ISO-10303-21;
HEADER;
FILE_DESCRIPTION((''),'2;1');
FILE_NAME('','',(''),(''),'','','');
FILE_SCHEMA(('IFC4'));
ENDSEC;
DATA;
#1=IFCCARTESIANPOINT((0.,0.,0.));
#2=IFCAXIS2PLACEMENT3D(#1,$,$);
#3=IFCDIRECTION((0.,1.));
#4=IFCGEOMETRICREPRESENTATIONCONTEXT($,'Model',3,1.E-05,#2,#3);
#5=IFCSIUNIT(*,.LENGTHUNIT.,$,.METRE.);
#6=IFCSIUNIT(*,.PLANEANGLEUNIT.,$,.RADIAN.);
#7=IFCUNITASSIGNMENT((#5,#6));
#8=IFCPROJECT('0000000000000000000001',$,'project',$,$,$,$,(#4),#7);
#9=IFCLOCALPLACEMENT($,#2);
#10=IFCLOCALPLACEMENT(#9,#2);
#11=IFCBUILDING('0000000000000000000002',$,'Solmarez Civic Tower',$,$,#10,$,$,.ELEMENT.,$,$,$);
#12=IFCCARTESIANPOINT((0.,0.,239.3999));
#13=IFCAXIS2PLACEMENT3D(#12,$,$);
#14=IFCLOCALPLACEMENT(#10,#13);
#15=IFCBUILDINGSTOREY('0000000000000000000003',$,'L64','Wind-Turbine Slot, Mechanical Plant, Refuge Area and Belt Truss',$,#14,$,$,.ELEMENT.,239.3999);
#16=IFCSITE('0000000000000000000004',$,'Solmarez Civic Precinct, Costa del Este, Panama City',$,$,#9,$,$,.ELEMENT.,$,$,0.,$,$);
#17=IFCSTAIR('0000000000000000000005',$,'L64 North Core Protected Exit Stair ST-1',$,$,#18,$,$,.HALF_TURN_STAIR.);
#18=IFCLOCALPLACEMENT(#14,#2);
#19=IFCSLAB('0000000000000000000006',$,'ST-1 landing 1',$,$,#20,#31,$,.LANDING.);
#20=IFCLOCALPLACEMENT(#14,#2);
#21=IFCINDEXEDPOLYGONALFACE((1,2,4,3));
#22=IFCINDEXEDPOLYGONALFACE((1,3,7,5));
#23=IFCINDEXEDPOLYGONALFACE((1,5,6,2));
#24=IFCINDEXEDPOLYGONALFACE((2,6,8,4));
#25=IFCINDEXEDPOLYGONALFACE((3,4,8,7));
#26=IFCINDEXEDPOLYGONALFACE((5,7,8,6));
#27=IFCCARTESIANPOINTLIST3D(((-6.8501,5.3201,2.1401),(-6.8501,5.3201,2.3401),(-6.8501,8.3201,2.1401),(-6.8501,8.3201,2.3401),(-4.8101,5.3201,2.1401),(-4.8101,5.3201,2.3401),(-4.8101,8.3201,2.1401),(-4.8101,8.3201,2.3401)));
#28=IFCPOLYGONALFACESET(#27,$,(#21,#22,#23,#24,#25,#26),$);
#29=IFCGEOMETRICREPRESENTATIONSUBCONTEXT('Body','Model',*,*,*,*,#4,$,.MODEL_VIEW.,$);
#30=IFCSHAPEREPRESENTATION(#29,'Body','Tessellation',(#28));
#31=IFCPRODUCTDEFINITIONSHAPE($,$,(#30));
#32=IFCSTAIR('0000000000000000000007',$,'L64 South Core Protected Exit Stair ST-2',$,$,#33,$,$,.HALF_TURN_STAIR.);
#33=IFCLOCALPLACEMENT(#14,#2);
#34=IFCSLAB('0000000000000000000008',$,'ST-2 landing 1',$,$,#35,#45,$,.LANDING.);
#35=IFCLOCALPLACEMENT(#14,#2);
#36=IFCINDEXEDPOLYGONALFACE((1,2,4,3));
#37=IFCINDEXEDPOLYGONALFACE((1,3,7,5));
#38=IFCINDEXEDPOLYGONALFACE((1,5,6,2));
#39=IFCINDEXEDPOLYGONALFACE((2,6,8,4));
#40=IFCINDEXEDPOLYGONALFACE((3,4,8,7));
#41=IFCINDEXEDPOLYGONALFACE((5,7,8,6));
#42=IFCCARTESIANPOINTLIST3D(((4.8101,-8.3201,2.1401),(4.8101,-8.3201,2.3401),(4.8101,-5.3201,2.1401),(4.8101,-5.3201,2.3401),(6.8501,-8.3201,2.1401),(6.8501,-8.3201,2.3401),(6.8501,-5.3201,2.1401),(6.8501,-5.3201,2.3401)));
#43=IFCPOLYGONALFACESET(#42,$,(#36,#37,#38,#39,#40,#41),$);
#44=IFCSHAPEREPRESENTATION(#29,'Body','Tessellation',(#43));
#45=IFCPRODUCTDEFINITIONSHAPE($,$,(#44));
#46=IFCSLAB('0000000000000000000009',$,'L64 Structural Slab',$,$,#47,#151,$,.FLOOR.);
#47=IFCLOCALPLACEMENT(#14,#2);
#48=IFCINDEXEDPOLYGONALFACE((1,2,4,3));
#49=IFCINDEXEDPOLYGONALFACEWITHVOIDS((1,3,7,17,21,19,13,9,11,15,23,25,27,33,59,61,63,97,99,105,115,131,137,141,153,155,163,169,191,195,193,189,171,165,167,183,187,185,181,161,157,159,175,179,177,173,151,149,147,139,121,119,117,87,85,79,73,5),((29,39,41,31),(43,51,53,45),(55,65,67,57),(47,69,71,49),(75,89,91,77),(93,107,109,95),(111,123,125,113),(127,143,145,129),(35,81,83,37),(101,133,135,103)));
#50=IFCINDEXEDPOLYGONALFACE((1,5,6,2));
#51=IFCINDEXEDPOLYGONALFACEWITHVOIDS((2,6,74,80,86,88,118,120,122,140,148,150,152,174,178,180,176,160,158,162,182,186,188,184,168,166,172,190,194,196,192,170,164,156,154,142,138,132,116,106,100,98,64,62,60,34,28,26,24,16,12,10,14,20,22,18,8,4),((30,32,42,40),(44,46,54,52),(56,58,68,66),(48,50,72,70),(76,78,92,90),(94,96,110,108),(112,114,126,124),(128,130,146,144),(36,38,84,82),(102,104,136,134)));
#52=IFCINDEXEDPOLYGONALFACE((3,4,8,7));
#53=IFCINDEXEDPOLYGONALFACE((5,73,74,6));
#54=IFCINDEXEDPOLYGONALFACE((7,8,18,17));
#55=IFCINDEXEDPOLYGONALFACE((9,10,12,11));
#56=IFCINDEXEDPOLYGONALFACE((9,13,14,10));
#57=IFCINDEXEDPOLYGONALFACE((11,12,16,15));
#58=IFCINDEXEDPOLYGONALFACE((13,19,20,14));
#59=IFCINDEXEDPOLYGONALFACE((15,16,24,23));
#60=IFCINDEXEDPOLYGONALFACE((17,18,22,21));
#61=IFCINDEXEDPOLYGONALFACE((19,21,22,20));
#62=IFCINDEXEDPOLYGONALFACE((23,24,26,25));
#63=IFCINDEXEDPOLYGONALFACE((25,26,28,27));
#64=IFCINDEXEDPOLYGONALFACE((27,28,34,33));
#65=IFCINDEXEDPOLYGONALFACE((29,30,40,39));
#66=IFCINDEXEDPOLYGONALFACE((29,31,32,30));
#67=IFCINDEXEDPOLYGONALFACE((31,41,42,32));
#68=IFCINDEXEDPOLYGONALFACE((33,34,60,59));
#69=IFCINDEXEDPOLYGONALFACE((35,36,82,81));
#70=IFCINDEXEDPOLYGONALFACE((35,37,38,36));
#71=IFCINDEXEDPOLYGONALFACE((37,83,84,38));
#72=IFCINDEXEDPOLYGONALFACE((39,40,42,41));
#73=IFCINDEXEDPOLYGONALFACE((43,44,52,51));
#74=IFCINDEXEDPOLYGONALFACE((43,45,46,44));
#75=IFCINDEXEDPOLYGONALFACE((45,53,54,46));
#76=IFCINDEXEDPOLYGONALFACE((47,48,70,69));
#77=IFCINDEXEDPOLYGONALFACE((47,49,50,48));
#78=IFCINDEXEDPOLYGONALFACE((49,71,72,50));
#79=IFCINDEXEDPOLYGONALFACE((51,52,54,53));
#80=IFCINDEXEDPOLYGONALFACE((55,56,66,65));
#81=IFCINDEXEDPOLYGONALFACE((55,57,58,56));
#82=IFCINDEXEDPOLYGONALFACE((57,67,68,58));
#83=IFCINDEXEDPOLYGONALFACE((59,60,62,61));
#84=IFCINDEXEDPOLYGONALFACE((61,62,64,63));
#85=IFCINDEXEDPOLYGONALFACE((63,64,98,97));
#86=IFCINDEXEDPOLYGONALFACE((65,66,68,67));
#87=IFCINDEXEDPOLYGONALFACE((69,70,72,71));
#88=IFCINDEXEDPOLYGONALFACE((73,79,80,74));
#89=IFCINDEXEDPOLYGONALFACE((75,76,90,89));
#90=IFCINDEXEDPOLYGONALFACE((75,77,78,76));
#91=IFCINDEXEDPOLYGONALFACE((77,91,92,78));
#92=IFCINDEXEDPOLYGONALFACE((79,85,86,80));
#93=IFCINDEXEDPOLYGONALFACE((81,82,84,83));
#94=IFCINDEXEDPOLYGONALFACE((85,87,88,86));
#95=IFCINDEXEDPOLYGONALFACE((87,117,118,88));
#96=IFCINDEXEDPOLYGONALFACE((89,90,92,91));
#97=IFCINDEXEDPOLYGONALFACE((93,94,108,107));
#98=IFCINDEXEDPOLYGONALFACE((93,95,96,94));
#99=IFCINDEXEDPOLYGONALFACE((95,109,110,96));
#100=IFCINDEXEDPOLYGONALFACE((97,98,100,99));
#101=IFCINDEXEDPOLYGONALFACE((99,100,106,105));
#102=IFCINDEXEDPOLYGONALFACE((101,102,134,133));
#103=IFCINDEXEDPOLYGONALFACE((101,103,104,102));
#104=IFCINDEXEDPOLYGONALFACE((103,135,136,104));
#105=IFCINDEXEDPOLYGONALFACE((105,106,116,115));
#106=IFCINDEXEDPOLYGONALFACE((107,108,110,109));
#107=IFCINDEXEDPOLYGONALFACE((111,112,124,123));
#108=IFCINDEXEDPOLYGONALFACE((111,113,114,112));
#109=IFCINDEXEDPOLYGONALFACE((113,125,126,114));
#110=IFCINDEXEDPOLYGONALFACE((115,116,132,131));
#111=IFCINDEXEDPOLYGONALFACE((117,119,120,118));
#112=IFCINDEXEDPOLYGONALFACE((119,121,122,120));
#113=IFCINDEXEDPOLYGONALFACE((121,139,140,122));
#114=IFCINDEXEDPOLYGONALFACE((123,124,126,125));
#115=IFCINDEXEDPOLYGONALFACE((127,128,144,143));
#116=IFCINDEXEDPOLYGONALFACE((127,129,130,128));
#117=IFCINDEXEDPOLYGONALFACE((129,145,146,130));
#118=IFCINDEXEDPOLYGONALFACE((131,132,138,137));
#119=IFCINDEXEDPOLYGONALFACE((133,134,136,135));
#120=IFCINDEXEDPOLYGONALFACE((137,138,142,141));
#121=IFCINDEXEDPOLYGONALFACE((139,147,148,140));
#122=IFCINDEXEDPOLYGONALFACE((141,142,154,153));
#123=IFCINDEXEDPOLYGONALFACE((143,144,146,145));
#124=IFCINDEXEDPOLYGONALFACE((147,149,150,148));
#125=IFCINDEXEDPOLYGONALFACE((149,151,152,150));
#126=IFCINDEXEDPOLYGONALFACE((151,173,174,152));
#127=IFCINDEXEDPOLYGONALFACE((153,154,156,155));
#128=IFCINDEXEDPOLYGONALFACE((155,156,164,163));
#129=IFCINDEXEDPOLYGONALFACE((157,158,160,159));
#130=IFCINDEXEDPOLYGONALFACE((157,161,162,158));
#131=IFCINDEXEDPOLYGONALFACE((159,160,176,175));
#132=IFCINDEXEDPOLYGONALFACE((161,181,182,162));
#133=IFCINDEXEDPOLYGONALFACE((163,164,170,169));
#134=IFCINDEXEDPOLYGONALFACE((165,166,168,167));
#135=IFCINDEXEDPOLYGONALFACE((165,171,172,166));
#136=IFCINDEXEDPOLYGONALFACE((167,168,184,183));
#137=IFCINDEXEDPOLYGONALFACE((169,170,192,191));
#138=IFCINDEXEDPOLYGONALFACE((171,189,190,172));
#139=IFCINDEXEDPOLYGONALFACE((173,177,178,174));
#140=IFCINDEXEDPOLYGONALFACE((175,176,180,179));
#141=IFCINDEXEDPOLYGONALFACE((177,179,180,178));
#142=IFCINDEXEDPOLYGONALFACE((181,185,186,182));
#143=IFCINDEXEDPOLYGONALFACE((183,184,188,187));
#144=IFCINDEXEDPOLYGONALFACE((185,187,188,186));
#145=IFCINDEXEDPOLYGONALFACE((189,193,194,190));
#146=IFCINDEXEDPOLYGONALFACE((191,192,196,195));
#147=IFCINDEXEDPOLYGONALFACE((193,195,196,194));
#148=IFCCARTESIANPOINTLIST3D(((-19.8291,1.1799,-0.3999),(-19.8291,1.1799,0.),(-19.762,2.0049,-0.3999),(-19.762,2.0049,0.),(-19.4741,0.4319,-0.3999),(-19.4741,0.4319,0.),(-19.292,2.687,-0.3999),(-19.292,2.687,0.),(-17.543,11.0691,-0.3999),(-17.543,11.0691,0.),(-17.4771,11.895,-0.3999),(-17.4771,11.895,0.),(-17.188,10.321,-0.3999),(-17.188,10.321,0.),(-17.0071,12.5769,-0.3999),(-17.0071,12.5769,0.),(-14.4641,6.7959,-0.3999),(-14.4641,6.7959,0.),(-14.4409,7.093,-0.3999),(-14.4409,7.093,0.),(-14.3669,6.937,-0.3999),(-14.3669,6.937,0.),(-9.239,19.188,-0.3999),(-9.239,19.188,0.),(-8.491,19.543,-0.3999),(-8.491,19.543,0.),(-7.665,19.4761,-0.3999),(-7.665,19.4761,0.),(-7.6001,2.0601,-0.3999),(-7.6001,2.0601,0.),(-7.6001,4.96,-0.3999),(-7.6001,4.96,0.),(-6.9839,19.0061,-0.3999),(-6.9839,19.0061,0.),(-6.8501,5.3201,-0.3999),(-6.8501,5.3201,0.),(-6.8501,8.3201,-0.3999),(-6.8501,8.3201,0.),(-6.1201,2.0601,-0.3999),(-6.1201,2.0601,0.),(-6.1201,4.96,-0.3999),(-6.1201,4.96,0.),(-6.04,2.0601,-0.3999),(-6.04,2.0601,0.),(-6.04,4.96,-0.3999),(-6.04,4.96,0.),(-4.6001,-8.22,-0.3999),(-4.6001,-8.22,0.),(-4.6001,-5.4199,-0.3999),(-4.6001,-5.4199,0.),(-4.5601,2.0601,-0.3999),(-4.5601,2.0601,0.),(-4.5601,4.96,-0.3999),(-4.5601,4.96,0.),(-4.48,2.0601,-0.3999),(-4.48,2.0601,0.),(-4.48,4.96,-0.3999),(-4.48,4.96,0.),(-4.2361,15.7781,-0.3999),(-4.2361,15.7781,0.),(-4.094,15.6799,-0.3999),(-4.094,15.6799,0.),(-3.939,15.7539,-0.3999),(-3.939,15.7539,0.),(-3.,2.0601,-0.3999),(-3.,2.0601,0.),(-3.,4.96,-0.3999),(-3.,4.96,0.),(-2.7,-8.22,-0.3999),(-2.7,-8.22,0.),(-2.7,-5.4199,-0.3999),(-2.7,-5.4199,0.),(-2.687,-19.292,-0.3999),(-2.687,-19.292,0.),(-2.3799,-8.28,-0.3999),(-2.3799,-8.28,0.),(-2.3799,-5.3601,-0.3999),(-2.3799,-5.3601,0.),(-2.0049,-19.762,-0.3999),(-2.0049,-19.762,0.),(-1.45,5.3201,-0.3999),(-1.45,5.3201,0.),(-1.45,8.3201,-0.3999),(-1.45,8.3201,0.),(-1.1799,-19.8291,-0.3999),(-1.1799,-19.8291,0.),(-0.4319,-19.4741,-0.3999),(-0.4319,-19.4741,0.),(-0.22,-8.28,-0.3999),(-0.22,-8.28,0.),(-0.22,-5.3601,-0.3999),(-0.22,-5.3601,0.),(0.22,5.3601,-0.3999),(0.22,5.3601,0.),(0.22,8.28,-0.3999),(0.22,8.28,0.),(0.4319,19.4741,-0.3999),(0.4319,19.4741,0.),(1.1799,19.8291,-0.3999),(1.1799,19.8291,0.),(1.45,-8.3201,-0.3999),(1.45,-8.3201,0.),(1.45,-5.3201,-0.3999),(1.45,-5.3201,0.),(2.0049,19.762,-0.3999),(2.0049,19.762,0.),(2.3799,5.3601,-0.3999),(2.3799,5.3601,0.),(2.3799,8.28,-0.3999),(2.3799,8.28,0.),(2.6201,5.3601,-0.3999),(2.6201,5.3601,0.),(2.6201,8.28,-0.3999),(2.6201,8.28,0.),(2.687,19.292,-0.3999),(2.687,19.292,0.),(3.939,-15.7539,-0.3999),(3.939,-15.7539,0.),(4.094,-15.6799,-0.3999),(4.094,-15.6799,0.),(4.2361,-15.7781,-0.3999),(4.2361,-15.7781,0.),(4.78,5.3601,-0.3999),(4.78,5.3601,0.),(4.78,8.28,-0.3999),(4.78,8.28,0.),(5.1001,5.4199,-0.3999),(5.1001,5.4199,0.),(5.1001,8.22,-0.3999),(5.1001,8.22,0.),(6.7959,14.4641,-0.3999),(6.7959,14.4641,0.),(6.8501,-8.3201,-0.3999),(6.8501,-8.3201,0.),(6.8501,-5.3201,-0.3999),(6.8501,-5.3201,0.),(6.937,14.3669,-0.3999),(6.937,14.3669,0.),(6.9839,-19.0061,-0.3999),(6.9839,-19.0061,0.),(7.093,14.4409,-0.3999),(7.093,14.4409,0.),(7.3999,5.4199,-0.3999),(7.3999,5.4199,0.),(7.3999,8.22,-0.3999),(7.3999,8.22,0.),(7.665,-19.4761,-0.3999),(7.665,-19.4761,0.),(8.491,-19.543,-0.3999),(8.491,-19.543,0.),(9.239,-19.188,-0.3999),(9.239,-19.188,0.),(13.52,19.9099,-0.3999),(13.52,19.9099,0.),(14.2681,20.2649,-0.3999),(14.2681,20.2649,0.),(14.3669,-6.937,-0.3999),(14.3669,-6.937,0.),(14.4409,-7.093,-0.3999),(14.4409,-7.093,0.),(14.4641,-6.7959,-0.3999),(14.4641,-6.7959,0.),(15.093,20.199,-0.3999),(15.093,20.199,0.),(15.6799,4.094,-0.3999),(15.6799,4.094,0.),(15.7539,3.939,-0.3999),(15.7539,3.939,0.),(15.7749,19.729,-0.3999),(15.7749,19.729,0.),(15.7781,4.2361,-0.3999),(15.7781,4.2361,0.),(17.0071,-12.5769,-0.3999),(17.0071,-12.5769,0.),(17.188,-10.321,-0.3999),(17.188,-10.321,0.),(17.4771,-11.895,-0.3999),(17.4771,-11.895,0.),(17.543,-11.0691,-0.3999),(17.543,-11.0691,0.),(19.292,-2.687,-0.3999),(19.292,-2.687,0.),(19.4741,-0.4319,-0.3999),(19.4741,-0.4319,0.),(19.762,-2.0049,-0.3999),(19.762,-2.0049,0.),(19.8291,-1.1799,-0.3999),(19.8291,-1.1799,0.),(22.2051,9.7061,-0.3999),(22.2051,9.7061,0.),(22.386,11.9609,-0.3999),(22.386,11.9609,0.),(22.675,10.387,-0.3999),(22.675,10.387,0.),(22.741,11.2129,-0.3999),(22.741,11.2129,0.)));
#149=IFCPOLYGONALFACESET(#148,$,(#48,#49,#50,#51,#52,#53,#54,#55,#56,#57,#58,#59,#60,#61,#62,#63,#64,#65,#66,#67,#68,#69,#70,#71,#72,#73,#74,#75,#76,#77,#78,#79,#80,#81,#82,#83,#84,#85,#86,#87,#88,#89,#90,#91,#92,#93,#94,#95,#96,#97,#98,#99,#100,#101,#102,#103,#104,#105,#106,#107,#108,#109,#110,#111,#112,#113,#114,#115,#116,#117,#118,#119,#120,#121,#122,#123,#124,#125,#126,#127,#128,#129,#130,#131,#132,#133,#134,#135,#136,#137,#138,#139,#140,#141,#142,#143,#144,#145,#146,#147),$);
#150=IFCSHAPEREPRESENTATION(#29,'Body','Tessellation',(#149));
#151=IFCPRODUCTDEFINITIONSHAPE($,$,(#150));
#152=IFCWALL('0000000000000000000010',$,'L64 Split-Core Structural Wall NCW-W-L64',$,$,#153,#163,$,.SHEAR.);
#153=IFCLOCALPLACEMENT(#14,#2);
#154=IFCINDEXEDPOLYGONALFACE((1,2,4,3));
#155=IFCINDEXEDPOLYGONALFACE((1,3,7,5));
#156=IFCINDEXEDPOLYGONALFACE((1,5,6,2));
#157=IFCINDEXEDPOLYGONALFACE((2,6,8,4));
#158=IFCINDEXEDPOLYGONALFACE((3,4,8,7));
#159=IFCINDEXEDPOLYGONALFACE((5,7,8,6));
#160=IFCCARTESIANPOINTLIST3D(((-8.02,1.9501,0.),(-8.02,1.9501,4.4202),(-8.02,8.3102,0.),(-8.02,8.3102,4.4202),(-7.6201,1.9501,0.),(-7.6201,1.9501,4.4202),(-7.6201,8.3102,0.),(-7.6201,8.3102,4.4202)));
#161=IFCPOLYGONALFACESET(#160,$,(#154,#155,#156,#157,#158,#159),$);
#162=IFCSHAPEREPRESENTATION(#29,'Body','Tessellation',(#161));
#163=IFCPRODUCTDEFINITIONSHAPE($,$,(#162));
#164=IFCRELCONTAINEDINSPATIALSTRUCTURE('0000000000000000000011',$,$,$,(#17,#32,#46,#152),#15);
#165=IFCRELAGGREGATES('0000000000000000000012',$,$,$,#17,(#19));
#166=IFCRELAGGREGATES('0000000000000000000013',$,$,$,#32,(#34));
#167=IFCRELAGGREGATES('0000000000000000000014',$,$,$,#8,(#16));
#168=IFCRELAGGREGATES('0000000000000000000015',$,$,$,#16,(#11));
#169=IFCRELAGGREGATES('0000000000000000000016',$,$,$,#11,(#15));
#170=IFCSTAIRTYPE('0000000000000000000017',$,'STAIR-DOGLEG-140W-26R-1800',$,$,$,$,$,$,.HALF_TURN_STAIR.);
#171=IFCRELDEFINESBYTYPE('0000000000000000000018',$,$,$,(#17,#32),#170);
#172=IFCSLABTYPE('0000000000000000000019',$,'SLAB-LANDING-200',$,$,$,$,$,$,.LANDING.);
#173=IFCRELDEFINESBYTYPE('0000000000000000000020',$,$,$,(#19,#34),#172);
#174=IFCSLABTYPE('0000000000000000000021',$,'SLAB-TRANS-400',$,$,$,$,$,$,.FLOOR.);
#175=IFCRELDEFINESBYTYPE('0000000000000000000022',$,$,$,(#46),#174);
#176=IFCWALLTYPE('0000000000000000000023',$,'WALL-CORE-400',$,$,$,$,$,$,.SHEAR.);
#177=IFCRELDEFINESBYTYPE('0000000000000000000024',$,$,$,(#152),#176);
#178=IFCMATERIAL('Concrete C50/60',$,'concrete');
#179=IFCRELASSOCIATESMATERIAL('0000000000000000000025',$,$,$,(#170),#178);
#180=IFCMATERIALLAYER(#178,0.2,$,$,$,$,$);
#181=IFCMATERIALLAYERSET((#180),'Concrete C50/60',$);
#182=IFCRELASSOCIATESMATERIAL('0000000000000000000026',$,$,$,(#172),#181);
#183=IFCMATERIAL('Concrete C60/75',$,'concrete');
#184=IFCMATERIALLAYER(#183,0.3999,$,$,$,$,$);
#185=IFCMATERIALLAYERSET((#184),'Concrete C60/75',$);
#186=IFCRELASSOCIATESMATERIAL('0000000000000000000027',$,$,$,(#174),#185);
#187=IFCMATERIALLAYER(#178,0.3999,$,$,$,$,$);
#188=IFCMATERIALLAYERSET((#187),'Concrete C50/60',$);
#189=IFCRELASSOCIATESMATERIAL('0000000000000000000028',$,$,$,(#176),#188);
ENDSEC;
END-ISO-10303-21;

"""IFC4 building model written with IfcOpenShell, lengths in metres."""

from ifc_helpers import new_model, si_unit, direction, frame, frame_2d, origin, place, context, subcontext, project, spatial, polyline, rectangle, outline, extrude, material, layer, layer_set, type_object, element, aggregate, save


model = new_model("IFC4")

# Units and contexts
model_context = context("Model", 3, precision=1e-05, world=origin(), true_north=direction((0.0, 1.0)))
body_context = subcontext(model_context, "Body", "Model", "MODEL_VIEW")
ifc_project = project(units=[si_unit("LENGTHUNIT", "METRE"), si_unit("PLANEANGLEUNIT", "RADIAN")], contexts=[model_context])

# Site, building, storey
site_placement = place(None, origin())
site = spatial("IfcSite", under=ifc_project, at=site_placement, Name="Solmarez Civic Precinct, Costa del Este, Panama City", CompositionType="ELEMENT", RefElevation=0.0)
building_placement = place(site_placement, origin())
building = spatial("IfcBuilding", under=site, at=building_placement, Name="Solmarez Civic Tower", CompositionType="ELEMENT")
storey_placement = place(building_placement, frame((0.0, 0.0, 239.3999)))
storey = spatial("IfcBuildingStorey", under=building, at=storey_placement, Name="L64", Description="Wind-Turbine Slot, Mechanical Plant, Refuge Area and Belt Truss", CompositionType="ELEMENT", Elevation=239.3999)

# Shared definitions
ifc_material_1 = material(Name="Concrete C50/60", Category="concrete")

# Stairs, slabs
stair_type = type_object("IfcStairType", Name="STAIR-DOGLEG-140W-26R-1800", PredefinedType="HALF_TURN_STAIR", material=ifc_material_1)
stair_1_placement = place(storey_placement, origin())
stair_1 = element("IfcStair", 1, at=stair_1_placement, inside=storey, type_object=stair_type, Name="L64 North Core Protected Exit Stair ST-1", PredefinedType="HALF_TURN_STAIR")
ifc_layer_1 = layer(ifc_material_1, 0.2)
ifc_layer_set_1 = layer_set([ifc_layer_1], Name="Concrete C50/60")
slab_type_1 = type_object("IfcSlabType", Name="SLAB-LANDING-200", PredefinedType="LANDING", material=ifc_layer_set_1)
slab_1_placement = place(storey_placement, frame((0.0, 0.0, 2.1401)))
slab_1 = element("IfcSlab", 2, at=slab_1_placement, type_object=slab_type_1, Name="ST-1 landing 1", PredefinedType="LANDING", context=body_context, shape_type="SweptSolid", body=[
    extrude(outline(polyline([(-4.8101, 8.3201), (-6.8501, 8.3201), (-6.8501, 5.3201), (-4.8101, 5.3201), (-4.8101, 8.3201)])), origin(), (0.0, 0.0, 1.0), 0.2),
])
aggregate(stair_1, [slab_1])
stair_2_placement = place(storey_placement, origin())
stair_2 = element("IfcStair", 3, at=stair_2_placement, inside=storey, type_object=stair_type, Name="L64 South Core Protected Exit Stair ST-2", PredefinedType="HALF_TURN_STAIR")
slab_2_placement = place(storey_placement, frame((0.0, 0.0, 2.1401)))
slab_2 = element("IfcSlab", 4, at=slab_2_placement, type_object=slab_type_1, Name="ST-2 landing 1", PredefinedType="LANDING", context=body_context, shape_type="SweptSolid", body=[
    extrude(outline(polyline([(4.8101, -8.3201), (6.8501, -8.3201), (6.8501, -5.3201), (4.8101, -5.3201), (4.8101, -8.3201)])), origin(), (0.0, 0.0, 1.0), 0.2),
])
aggregate(stair_2, [slab_2])

# Slab
ifc_material_2 = material(Name="Concrete C60/75", Category="concrete")
ifc_layer_2 = layer(ifc_material_2, 0.3999)
ifc_layer_set_2 = layer_set([ifc_layer_2], Name="Concrete C60/75")
slab_type_2 = type_object("IfcSlabType", Name="SLAB-TRANS-400", PredefinedType="FLOOR", material=ifc_layer_set_2)
slab_3_placement = place(storey_placement, frame((0.0, 0.0, -0.3999)))
element("IfcSlab", 5, at=slab_3_placement, inside=storey, type_object=slab_type_2, Name="L64 Structural Slab", PredefinedType="FLOOR", context=body_context, shape_type="SweptSolid", body=[
    extrude(outline(polyline([(4.2361, -15.7781), (6.9839, -19.0061), (7.665, -19.4761), (8.491, -19.543), (9.239, -19.188), (17.0071, -12.5769), (17.4771, -11.895), (17.543, -11.0691), (17.188, -10.321), (14.4409, -7.093), (14.3669, -6.937), (14.4641, -6.7959), (19.292, -2.687), (19.762, -2.0049), (19.8291, -1.1799), (19.4741, -0.4319), (15.7539, 3.939), (15.6799, 4.094), (15.7781, 4.2361), (22.2051, 9.7061), (22.675, 10.387), (22.741, 11.2129), (22.386, 11.9609), (15.7749, 19.729), (15.093, 20.199), (14.2681, 20.2649), (13.52, 19.9099), (7.093, 14.4409), (6.937, 14.3669), (6.7959, 14.4641), (2.687, 19.292), (2.0049, 19.762), (1.1799, 19.8291), (0.4319, 19.4741), (-3.939, 15.7539), (-4.094, 15.6799), (-4.2361, 15.7781), (-6.9839, 19.0061), (-7.665, 19.4761), (-8.491, 19.543), (-9.239, 19.188), (-17.0071, 12.5769), (-17.4771, 11.895), (-17.543, 11.0691), (-17.188, 10.321), (-14.4409, 7.093), (-14.3669, 6.937), (-14.4641, 6.7959), (-19.292, 2.687), (-19.762, 2.0049), (-19.8291, 1.1799), (-19.4741, 0.4319), (-2.687, -19.292), (-2.0049, -19.762), (-1.1799, -19.8291), (-0.4319, -19.4741), (3.939, -15.7539), (4.094, -15.6799), (4.2361, -15.7781)]), holes=[polyline([(-1.45, 8.3201), (-6.8501, 8.3201), (-6.8501, 5.3201), (-1.45, 5.3201), (-1.45, 8.3201)]), polyline([(1.45, -8.3201), (6.8501, -8.3201), (6.8501, -5.3201), (1.45, -5.3201), (1.45, -8.3201)]), polyline([(0.22, 5.3601), (2.3799, 5.3601), (2.3799, 8.28), (0.22, 8.28), (0.22, 5.3601)]), polyline([(2.6201, 5.3601), (4.78, 5.3601), (4.78, 8.28), (2.6201, 8.28), (2.6201, 5.3601)]), polyline([(-2.3799, -8.28), (-0.22, -8.28), (-0.22, -5.3601), (-2.3799, -5.3601), (-2.3799, -8.28)]), polyline([(-7.6001, 2.0601), (-6.1201, 2.0601), (-6.1201, 4.96), (-7.6001, 4.96), (-7.6001, 2.0601)]), polyline([(-6.04, 2.0601), (-4.5601, 2.0601), (-4.5601, 4.96), (-6.04, 4.96), (-6.04, 2.0601)]), polyline([(-4.48, 2.0601), (-3.0, 2.0601), (-3.0, 4.96), (-4.48, 4.96), (-4.48, 2.0601)]), polyline([(5.1001, 5.4199), (7.3999, 5.4199), (7.3999, 8.22), (5.1001, 8.22), (5.1001, 5.4199)]), polyline([(-4.6001, -8.22), (-2.7, -8.22), (-2.7, -5.4199), (-4.6001, -5.4199), (-4.6001, -8.22)])]), origin(), (0.0, 0.0, 1.0), 0.3999),
])

# Wall
ifc_layer_3 = layer(ifc_material_1, 0.3999)
ifc_layer_set_3 = layer_set([ifc_layer_3], Name="Concrete C50/60")
wall_type_1 = type_object("IfcWallType", Name="WALL-CORE-400", PredefinedType="SHEAR", material=ifc_layer_set_3)
wall_1_placement = place(storey_placement, frame((-7.8201, 1.95, 0.0), z_axis=(0.0, 0.0, 1.0), x_axis=(0.0, 1.0, 0.0)))
element("IfcWall", 6, at=wall_1_placement, inside=storey, type_object=wall_type_1, Name="L64 Split-Core Structural Wall NCW-W-L64", PredefinedType="SHEAR", context=body_context, shape_type="SweptSolid", body=[
    extrude(rectangle(XDim=6.3601, YDim=0.3999, at=frame_2d((3.1802, 0.0))), origin(), (0.0, 0.0, 1.0), 4.4202),
])

save(model, "model.ifc")
